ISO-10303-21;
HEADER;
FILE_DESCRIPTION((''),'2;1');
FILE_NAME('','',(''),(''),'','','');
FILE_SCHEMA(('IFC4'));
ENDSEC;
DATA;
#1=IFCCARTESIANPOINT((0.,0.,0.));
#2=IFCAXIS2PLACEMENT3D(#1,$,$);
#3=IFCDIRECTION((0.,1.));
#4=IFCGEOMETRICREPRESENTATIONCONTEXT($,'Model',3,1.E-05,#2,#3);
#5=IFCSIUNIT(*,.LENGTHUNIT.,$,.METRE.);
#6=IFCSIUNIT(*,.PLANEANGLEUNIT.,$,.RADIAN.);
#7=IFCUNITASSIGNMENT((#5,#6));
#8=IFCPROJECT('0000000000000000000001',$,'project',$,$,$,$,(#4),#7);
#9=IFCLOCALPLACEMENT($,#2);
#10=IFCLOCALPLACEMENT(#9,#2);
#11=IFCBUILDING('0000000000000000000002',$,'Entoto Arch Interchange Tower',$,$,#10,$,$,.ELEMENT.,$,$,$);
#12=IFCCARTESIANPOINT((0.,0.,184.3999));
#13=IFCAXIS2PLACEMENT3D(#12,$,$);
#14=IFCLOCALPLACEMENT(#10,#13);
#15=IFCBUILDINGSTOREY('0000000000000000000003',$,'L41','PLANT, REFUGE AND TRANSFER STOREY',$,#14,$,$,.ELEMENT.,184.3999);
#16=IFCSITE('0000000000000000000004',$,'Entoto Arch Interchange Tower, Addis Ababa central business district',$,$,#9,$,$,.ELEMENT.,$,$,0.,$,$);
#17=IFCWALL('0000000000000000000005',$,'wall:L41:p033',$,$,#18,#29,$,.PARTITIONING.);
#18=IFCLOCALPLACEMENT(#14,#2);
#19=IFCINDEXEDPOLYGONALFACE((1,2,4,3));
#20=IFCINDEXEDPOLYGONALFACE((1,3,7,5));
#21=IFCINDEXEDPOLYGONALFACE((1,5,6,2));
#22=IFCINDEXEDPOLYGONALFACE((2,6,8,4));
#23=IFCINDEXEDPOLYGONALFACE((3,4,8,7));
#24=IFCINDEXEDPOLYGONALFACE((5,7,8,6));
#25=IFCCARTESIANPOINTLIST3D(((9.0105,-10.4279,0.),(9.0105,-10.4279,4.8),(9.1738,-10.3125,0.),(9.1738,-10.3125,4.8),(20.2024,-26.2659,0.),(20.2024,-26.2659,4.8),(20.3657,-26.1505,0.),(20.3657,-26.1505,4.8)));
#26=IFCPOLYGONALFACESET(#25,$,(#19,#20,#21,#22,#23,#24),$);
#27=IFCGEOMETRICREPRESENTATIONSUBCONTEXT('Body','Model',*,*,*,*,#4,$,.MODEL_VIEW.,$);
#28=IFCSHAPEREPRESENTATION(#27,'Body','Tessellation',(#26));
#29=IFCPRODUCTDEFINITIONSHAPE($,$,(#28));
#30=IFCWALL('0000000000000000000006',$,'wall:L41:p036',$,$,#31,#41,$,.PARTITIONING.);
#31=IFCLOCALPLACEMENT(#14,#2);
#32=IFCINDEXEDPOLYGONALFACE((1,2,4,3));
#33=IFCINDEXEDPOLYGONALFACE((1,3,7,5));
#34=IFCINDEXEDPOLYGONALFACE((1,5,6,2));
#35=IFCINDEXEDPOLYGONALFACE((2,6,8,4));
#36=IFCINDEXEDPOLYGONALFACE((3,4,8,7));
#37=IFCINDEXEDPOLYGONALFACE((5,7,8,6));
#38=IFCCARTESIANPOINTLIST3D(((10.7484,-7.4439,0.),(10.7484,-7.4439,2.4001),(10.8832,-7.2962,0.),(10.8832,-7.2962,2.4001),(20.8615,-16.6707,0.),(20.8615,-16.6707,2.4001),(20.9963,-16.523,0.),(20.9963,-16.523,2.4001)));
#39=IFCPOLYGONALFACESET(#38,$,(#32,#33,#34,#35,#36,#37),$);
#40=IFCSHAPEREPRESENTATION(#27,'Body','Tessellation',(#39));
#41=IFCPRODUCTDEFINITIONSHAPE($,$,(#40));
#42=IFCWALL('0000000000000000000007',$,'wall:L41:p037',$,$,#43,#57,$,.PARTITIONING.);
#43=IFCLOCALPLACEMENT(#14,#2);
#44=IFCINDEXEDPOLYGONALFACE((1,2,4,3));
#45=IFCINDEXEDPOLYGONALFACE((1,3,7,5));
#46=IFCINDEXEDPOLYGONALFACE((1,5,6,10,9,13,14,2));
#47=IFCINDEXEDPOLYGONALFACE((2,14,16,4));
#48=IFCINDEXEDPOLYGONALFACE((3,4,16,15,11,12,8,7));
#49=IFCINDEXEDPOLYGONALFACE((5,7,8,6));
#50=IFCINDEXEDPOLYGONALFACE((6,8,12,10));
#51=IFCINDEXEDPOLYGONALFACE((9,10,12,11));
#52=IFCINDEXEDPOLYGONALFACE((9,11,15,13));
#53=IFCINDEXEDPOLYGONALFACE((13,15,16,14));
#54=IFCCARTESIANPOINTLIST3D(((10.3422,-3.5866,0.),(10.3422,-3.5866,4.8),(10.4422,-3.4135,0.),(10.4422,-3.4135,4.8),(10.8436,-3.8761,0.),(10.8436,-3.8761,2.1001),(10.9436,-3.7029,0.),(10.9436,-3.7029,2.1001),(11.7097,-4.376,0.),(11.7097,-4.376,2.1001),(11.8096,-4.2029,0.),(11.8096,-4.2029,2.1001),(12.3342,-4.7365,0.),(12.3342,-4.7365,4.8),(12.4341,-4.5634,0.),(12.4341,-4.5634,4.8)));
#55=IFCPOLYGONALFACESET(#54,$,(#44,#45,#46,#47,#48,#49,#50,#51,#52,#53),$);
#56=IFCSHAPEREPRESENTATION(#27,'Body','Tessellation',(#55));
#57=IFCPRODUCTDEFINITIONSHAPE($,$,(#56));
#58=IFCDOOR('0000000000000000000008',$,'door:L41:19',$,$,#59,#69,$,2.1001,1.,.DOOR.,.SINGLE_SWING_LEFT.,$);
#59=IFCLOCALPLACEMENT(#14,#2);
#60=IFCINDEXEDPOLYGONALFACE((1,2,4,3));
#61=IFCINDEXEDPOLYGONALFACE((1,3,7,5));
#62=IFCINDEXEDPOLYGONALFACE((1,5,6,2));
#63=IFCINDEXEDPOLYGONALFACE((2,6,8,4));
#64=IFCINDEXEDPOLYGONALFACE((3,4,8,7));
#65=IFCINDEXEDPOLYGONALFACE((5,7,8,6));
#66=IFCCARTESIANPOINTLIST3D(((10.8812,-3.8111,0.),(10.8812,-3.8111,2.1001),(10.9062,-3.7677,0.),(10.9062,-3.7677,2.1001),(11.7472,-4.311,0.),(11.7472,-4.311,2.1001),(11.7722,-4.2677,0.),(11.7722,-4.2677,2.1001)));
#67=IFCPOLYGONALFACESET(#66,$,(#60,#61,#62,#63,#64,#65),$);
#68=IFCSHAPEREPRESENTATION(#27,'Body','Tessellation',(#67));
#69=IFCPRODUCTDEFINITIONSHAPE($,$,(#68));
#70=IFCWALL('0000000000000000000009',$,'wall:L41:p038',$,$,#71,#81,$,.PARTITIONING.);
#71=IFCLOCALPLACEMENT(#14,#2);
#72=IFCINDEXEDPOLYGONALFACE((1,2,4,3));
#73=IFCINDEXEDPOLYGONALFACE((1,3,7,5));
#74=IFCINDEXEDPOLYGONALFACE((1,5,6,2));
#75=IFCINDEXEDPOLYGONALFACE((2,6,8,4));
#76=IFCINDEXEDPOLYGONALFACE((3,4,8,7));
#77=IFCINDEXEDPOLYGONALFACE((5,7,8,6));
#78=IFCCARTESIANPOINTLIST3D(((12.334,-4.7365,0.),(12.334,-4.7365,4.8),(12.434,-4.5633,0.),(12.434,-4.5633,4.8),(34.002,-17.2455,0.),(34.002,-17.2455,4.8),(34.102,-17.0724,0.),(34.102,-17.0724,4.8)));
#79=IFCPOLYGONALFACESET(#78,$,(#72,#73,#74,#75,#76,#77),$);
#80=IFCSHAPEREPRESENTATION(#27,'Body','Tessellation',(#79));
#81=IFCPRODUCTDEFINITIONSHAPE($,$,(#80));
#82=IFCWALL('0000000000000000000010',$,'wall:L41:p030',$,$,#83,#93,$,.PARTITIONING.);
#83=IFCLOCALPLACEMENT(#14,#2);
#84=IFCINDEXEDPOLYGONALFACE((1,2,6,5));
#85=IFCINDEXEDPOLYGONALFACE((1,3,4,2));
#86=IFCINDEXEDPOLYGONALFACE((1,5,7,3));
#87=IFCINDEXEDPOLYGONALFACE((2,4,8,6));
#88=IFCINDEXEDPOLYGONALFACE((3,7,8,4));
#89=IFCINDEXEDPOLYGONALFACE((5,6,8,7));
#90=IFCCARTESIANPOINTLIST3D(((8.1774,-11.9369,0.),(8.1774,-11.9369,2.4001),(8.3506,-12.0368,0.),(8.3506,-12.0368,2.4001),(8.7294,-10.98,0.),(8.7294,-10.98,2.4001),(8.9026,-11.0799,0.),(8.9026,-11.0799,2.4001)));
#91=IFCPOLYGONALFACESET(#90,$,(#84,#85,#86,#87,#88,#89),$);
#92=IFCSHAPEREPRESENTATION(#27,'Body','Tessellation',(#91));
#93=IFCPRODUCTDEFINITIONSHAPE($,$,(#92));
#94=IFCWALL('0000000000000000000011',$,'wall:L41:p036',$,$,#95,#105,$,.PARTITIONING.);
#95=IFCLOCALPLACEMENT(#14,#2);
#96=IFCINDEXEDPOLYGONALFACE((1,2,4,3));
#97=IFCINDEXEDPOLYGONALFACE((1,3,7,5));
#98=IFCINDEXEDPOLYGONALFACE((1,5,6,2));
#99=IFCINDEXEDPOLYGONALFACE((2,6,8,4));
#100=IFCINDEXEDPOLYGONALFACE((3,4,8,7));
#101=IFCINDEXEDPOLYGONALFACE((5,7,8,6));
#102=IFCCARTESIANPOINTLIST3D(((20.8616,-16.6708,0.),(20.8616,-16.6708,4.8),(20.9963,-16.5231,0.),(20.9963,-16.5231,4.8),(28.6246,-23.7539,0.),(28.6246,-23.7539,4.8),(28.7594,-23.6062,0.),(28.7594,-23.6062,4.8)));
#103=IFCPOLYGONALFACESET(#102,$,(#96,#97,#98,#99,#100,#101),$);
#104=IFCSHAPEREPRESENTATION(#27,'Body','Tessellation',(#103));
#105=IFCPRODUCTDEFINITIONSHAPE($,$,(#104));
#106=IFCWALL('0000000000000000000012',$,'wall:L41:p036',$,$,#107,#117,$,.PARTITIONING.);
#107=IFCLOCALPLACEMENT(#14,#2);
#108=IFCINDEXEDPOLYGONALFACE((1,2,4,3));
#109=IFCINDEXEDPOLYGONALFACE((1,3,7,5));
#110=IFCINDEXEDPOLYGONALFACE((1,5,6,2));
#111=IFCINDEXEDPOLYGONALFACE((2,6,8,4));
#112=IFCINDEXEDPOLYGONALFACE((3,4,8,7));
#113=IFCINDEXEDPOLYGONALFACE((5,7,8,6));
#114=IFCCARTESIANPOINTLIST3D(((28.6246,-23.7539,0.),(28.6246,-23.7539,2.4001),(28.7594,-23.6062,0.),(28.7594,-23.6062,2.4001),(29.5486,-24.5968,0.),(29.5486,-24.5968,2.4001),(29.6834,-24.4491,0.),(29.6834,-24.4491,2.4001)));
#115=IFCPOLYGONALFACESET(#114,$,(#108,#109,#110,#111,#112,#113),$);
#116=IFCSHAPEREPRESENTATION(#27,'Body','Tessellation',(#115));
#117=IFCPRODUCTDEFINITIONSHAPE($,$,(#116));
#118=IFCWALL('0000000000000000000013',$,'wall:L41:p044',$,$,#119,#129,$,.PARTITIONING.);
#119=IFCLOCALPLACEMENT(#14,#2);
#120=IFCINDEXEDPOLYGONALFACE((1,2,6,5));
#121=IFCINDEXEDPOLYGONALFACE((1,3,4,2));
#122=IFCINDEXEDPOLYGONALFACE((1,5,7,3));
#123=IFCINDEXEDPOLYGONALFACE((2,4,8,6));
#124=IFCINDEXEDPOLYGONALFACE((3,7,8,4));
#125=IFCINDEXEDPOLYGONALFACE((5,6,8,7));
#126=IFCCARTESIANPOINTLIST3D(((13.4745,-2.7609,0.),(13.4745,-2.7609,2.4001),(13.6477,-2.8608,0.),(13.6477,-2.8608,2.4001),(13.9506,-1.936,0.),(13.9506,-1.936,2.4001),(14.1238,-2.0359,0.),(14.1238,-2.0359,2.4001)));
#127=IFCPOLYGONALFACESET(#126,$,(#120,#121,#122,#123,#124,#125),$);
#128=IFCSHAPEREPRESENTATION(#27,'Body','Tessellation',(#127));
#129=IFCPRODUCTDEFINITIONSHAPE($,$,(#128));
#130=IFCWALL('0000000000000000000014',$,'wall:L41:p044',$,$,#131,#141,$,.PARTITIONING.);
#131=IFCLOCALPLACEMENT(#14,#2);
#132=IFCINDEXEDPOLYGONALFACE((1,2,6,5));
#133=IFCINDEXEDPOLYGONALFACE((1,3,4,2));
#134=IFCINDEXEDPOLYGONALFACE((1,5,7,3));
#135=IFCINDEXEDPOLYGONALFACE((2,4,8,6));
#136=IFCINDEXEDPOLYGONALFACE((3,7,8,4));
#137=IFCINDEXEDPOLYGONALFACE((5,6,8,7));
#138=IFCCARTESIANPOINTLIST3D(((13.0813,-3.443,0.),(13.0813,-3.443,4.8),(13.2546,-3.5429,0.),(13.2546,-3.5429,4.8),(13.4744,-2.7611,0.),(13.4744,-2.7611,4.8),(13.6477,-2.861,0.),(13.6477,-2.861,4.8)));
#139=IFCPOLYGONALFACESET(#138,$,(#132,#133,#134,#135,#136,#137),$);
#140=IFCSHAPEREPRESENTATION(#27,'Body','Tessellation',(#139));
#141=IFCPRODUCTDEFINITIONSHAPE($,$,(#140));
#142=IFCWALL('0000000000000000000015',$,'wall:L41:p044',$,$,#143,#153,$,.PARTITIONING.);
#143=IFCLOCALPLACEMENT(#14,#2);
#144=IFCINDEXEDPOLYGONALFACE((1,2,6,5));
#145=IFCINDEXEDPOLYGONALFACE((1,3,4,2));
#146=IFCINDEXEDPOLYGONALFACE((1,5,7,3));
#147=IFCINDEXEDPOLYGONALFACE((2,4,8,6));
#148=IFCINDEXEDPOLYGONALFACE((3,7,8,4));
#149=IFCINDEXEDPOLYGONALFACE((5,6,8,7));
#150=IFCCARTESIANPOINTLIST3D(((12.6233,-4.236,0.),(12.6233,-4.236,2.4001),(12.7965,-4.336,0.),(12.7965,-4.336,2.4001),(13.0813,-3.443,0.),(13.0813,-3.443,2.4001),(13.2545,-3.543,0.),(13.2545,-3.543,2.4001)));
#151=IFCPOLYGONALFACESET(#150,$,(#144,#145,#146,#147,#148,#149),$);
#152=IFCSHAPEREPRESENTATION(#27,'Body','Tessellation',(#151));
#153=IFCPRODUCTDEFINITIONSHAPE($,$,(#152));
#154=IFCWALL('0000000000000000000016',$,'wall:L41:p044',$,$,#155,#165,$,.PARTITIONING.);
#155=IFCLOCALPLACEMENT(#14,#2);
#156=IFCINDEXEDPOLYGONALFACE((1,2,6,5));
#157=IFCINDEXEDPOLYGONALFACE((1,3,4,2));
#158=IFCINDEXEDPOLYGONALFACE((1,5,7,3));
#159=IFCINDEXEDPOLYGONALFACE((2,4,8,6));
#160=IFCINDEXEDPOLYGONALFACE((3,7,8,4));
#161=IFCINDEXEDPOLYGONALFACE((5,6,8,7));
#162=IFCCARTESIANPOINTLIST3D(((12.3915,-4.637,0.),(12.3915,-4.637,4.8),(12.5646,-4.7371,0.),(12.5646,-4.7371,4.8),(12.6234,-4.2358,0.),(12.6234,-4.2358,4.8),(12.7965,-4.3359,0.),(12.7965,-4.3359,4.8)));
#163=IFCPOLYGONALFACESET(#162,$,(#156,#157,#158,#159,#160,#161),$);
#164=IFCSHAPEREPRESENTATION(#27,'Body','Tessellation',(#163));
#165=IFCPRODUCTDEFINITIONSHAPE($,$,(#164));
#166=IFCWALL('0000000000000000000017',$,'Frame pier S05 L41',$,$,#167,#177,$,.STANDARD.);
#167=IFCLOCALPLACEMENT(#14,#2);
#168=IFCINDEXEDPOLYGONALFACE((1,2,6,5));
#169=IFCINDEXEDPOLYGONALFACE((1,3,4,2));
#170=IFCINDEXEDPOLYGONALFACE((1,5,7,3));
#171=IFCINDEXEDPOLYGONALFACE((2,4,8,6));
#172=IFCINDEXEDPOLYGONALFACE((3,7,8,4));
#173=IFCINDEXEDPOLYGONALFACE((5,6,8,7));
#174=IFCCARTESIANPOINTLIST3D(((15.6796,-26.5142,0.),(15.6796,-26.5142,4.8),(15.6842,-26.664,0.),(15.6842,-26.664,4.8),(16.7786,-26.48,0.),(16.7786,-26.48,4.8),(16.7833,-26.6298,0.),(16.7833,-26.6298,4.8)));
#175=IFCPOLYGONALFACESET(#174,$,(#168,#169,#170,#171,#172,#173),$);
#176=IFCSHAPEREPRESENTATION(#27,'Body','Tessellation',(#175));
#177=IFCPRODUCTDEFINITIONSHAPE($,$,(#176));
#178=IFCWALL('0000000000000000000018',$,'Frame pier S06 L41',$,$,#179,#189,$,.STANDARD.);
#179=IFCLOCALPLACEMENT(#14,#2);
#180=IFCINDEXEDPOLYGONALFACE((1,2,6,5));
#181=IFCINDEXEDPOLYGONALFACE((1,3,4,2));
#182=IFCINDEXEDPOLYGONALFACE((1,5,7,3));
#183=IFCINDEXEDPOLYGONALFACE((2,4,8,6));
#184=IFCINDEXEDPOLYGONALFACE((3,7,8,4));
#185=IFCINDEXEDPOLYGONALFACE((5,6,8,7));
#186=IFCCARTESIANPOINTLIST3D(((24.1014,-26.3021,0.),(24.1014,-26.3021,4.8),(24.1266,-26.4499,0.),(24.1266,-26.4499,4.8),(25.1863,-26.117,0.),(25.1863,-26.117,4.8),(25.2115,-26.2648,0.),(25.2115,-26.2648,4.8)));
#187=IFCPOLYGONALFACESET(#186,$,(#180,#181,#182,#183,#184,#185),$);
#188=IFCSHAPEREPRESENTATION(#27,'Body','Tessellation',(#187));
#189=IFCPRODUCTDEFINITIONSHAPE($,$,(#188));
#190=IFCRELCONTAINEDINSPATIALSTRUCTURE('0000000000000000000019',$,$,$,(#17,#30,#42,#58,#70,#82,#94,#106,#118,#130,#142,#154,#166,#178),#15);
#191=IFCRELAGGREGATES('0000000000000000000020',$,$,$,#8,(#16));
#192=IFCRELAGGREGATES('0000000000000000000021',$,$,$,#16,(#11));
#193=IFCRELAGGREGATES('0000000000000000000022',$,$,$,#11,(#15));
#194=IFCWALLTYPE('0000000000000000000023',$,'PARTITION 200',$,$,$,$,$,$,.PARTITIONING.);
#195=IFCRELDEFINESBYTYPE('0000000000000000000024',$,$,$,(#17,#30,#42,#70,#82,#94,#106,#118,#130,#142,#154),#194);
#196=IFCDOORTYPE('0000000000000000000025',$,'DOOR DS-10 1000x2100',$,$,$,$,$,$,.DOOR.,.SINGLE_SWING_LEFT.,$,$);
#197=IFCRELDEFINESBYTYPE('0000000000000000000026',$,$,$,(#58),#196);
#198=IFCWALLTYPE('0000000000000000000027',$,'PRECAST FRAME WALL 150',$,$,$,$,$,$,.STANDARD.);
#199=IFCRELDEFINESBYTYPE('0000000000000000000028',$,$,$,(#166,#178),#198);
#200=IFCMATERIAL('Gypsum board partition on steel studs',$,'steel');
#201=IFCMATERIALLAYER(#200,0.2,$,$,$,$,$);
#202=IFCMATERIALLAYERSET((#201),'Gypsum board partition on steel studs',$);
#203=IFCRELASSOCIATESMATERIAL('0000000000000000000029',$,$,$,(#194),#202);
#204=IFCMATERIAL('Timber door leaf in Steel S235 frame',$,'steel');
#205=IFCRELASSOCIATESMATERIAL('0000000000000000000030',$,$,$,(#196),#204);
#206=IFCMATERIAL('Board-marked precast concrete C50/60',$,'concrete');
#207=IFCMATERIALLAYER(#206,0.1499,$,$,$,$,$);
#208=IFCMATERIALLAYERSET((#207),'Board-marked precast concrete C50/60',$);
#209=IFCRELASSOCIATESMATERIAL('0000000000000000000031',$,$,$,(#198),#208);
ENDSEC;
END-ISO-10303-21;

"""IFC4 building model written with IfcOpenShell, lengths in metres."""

from ifc_helpers import new_model, si_unit, direction, frame, frame_2d, origin, place, context, subcontext, project, spatial, rectangle, extrude, material, layer, layer_set, type_object, element, fill, save


model = new_model("IFC4")

# Units and contexts
model_context = context("Model", 3, precision=1e-05, world=origin(), true_north=direction((0.0, 1.0)))
body_context = subcontext(model_context, "Body", "Model", "MODEL_VIEW")
ifc_project = project(units=[si_unit("LENGTHUNIT", "METRE"), si_unit("PLANEANGLEUNIT", "RADIAN")], contexts=[model_context])

# Site, building, storey
site_placement = place(None, origin())
site = spatial("IfcSite", under=ifc_project, at=site_placement, Name="Entoto Arch Interchange Tower, Addis Ababa central business district", CompositionType="ELEMENT", RefElevation=0.0)
building_placement = place(site_placement, origin())
building = spatial("IfcBuilding", under=site, at=building_placement, Name="Entoto Arch Interchange Tower", CompositionType="ELEMENT")
storey_placement = place(building_placement, frame((0.0, 0.0, 184.3999)))
storey = spatial("IfcBuildingStorey", under=building, at=storey_placement, Name="L41", Description="PLANT, REFUGE AND TRANSFER STOREY", CompositionType="ELEMENT", Elevation=184.3999)

# Shared definitions
ifc_material_1 = material(Name="Gypsum board partition on steel studs", Category="steel")
ifc_layer_1 = layer(ifc_material_1, 0.2)
ifc_layer_set_1 = layer_set([ifc_layer_1], Name="Gypsum board partition on steel studs")
wall_type_1 = type_object("IfcWallType", Name="PARTITION 200", PredefinedType="PARTITIONING", material=ifc_layer_set_1)

# Walls
wall_1_placement = place(storey_placement, frame((9.092, -10.3701, 0.0), z_axis=(0.0, 0.0, 1.0), x_axis=(0.577103, -0.816671, 0.0)))
element("IfcWall", 1, at=wall_1_placement, inside=storey, type_object=wall_type_1, Name="wall:L41:p033", PredefinedType="PARTITIONING", context=body_context, shape_type="SweptSolid", body=[
    extrude(rectangle(XDim=19.3933, YDim=0.2, at=frame_2d((9.6968, 0.0))), origin(), (0.0, 0.0, 1.0), 4.8),
])
wall_2_placement = place(storey_placement, frame((10.8159, -7.3701, 0.0), z_axis=(0.0, 0.0, 1.0), x_axis=(0.738734, -0.673997, 0.0)))
element("IfcWall", 2, at=wall_2_placement, inside=storey, type_object=wall_type_1, Name="wall:L41:p036", PredefinedType="PARTITIONING", context=body_context, shape_type="SweptSolid", body=[
    extrude(rectangle(XDim=13.6897, YDim=0.2, at=frame_2d((6.8447, 0.0))), origin(), (0.0, 0.0, 1.0), 2.4001),
])

# Wall, opening, door
wall_3_placement = place(storey_placement, frame((12.384, -4.6499, 0.0), z_axis=(0.0, 0.0, 1.0), x_axis=(-0.866053, 0.499952, 0.0)))
wall_3 = element("IfcWall", 3, at=wall_3_placement, inside=storey, type_object=wall_type_1, Name="wall:L41:p037", PredefinedType="PARTITIONING", context=body_context, shape_type="SweptSolid", body=[
    extrude(rectangle(XDim=2.3, YDim=0.2, at=frame_2d((1.1499, 0.0))), origin(), (0.0, 0.0, 1.0), 4.8),
])
opening_1_placement = place(wall_3_placement, frame((0.7209, 0.0, 0.0)))
opening_1 = element("IfcOpeningElement", 4, at=opening_1_placement, cuts=wall_3, PredefinedType="OPENING", context=body_context, shape_type="SweptSolid", body=[
    extrude(rectangle(XDim=1.0, YDim=2.1001, at=frame_2d((0.5, 1.05))), frame((0.0, 0.1099, 0.0), z_axis=(0.0, -1.0, 0.0), x_axis=(1.0, 0.0, 0.0)), (0.0, 0.0, 1.0), 0.22),
])
ifc_material_2 = material(Name="Timber door leaf in Steel S235 frame", Category="steel")
door_type_1 = type_object("IfcDoorType", Name="DOOR DS-10 1000x2100", OperationType="SINGLE_SWING_LEFT", PredefinedType="DOOR", material=ifc_material_2)
door_1_placement = place(opening_1_placement, origin())
door_1 = element("IfcDoor", 5, at=door_1_placement, inside=storey, type_object=door_type_1, Name="door:L41:19", OperationType="SINGLE_SWING_LEFT", OverallHeight=2.1001, OverallWidth=1.0, PredefinedType="DOOR", context=body_context, shape_type="SweptSolid", body=[
    extrude(rectangle(XDim=1.0, YDim=2.1001, at=frame_2d((0.5, 1.05))), frame((0.0, 0.0249, 0.0), z_axis=(0.0, -1.0, 0.0), x_axis=(1.0, 0.0, 0.0)), (0.0, 0.0, 1.0), 0.05),
])
fill(opening_1, door_1)

# Walls
wall_4_placement = place(storey_placement, frame((12.384, -4.6499, 0.0), z_axis=(0.0, 0.0, 1.0), x_axis=(0.866042, -0.499971, 0.0)))
element("IfcWall", 6, at=wall_4_placement, inside=storey, type_object=wall_type_1, Name="wall:L41:p038", PredefinedType="PARTITIONING", context=body_context, shape_type="SweptSolid", body=[
    extrude(rectangle(XDim=25.0195, YDim=0.2, at=frame_2d((12.5098, 0.0))), origin(), (0.0, 0.0, 1.0), 4.8),
])
wall_5_placement = place(storey_placement, frame((8.8159, -11.03, 0.0), z_axis=(0.0, 0.0, 1.0), x_axis=(-0.499633, -0.866237, 0.0)))
element("IfcWall", 7, at=wall_5_placement, inside=storey, type_object=wall_type_1, Name="wall:L41:p030", PredefinedType="PARTITIONING", context=body_context, shape_type="SweptSolid", body=[
    extrude(rectangle(XDim=1.1047, YDim=0.2, at=frame_2d((0.5522, 0.0))), origin(), (0.0, 0.0, 1.0), 2.4001),
])
wall_6_placement = place(storey_placement, frame((20.929, -16.5969, 0.0), z_axis=(0.0, 0.0, 1.0), x_axis=(0.738717, -0.674015, 0.0)))
element("IfcWall", 8, at=wall_6_placement, inside=storey, type_object=wall_type_1, Name="wall:L41:p036", PredefinedType="PARTITIONING", context=body_context, shape_type="SweptSolid", body=[
    extrude(rectangle(XDim=10.5088, YDim=0.2, at=frame_2d((5.2544, 0.0))), origin(), (0.0, 0.0, 1.0), 4.8),
])
wall_7_placement = place(storey_placement, frame((28.6919, -23.6799, 0.0), z_axis=(0.0, 0.0, 1.0), x_axis=(0.738764, -0.673964, 0.0)))
element("IfcWall", 9, at=wall_7_placement, inside=storey, type_object=wall_type_1, Name="wall:L41:p036", PredefinedType="PARTITIONING", context=body_context, shape_type="SweptSolid", body=[
    extrude(rectangle(XDim=1.2507, YDim=0.2, at=frame_2d((0.6255, 0.0))), origin(), (0.0, 0.0, 1.0), 2.4001),
])
wall_8_placement = place(storey_placement, frame((14.0371, -1.9861, 0.0), z_axis=(0.0, 0.0, 1.0), x_axis=(-0.499833, -0.866122, 0.0)))
element("IfcWall", 10, at=wall_8_placement, inside=storey, type_object=wall_type_1, Name="wall:L41:p044", PredefinedType="PARTITIONING", context=body_context, shape_type="SweptSolid", body=[
    extrude(rectangle(XDim=0.9524, YDim=0.2, at=frame_2d((0.4761, 0.0))), origin(), (0.0, 0.0, 1.0), 2.4001),
])
wall_9_placement = place(storey_placement, frame((13.561, -2.811, 0.0), z_axis=(0.0, 0.0, 1.0), x_axis=(-0.499409, -0.866366, 0.0)))
element("IfcWall", 11, at=wall_9_placement, inside=storey, type_object=wall_type_1, Name="wall:L41:p044", PredefinedType="PARTITIONING", context=body_context, shape_type="SweptSolid", body=[
    extrude(rectangle(XDim=0.7871, YDim=0.2, at=frame_2d((0.3936, 0.0))), origin(), (0.0, 0.0, 1.0), 4.8),
])
wall_10_placement = place(storey_placement, frame((13.168, -3.4929, 0.0), z_axis=(0.0, 0.0, 1.0), x_axis=(-0.500153, -0.865937, 0.0)))
element("IfcWall", 12, at=wall_10_placement, inside=storey, type_object=wall_type_1, Name="wall:L41:p044", PredefinedType="PARTITIONING", context=body_context, shape_type="SweptSolid", body=[
    extrude(rectangle(XDim=0.9158, YDim=0.2, at=frame_2d((0.458, 0.0))), origin(), (0.0, 0.0, 1.0), 2.4001),
])
wall_11_placement = place(storey_placement, frame((12.71, -4.2859, 0.0), z_axis=(0.0, 0.0, 1.0), x_axis=(-0.500558, -0.865703, 0.0)))
element("IfcWall", 13, at=wall_11_placement, inside=storey, type_object=wall_type_1, Name="wall:L41:p044", PredefinedType="PARTITIONING", context=body_context, shape_type="SweptSolid", body=[
    extrude(rectangle(XDim=0.4634, YDim=0.2, at=frame_2d((0.2317, 0.0))), origin(), (0.0, 0.0, 1.0), 4.8),
])
ifc_material_3 = material(Name="Board-marked precast concrete C50/60", Category="concrete")
ifc_layer_2 = layer(ifc_material_3, 0.1499)
ifc_layer_set_2 = layer_set([ifc_layer_2], Name="Board-marked precast concrete C50/60")
wall_type_2 = type_object("IfcWallType", Name="PRECAST FRAME WALL 150", PredefinedType="STANDARD", material=ifc_layer_set_2)
wall_12_placement = place(storey_placement, frame((15.6819, -26.5891, 0.0), z_axis=(0.0, 0.0, 1.0), x_axis=(0.999517, 0.031082, 0.0)))
element("IfcWall", 14, at=wall_12_placement, inside=storey, type_object=wall_type_2, Name="Frame pier S05 L41", PredefinedType="STANDARD", context=body_context, shape_type="SweptSolid", body=[
    extrude(rectangle(XDim=1.0996, YDim=0.1499, at=frame_2d((0.5498, 0.0))), origin(), (0.0, 0.0, 1.0), 4.8),
])
wall_13_placement = place(storey_placement, frame((24.114, -26.376, 0.0), z_axis=(0.0, 0.0, 1.0), x_axis=(0.985763, 0.168139, 0.0)))
element("IfcWall", 15, at=wall_13_placement, inside=storey, type_object=wall_type_2, Name="Frame pier S06 L41", PredefinedType="STANDARD", context=body_context, shape_type="SweptSolid", body=[
    extrude(rectangle(XDim=1.1006, YDim=0.1499, at=frame_2d((0.5503, 0.0))), origin(), (0.0, 0.0, 1.0), 4.8),
])

save(model, "model.ifc")
